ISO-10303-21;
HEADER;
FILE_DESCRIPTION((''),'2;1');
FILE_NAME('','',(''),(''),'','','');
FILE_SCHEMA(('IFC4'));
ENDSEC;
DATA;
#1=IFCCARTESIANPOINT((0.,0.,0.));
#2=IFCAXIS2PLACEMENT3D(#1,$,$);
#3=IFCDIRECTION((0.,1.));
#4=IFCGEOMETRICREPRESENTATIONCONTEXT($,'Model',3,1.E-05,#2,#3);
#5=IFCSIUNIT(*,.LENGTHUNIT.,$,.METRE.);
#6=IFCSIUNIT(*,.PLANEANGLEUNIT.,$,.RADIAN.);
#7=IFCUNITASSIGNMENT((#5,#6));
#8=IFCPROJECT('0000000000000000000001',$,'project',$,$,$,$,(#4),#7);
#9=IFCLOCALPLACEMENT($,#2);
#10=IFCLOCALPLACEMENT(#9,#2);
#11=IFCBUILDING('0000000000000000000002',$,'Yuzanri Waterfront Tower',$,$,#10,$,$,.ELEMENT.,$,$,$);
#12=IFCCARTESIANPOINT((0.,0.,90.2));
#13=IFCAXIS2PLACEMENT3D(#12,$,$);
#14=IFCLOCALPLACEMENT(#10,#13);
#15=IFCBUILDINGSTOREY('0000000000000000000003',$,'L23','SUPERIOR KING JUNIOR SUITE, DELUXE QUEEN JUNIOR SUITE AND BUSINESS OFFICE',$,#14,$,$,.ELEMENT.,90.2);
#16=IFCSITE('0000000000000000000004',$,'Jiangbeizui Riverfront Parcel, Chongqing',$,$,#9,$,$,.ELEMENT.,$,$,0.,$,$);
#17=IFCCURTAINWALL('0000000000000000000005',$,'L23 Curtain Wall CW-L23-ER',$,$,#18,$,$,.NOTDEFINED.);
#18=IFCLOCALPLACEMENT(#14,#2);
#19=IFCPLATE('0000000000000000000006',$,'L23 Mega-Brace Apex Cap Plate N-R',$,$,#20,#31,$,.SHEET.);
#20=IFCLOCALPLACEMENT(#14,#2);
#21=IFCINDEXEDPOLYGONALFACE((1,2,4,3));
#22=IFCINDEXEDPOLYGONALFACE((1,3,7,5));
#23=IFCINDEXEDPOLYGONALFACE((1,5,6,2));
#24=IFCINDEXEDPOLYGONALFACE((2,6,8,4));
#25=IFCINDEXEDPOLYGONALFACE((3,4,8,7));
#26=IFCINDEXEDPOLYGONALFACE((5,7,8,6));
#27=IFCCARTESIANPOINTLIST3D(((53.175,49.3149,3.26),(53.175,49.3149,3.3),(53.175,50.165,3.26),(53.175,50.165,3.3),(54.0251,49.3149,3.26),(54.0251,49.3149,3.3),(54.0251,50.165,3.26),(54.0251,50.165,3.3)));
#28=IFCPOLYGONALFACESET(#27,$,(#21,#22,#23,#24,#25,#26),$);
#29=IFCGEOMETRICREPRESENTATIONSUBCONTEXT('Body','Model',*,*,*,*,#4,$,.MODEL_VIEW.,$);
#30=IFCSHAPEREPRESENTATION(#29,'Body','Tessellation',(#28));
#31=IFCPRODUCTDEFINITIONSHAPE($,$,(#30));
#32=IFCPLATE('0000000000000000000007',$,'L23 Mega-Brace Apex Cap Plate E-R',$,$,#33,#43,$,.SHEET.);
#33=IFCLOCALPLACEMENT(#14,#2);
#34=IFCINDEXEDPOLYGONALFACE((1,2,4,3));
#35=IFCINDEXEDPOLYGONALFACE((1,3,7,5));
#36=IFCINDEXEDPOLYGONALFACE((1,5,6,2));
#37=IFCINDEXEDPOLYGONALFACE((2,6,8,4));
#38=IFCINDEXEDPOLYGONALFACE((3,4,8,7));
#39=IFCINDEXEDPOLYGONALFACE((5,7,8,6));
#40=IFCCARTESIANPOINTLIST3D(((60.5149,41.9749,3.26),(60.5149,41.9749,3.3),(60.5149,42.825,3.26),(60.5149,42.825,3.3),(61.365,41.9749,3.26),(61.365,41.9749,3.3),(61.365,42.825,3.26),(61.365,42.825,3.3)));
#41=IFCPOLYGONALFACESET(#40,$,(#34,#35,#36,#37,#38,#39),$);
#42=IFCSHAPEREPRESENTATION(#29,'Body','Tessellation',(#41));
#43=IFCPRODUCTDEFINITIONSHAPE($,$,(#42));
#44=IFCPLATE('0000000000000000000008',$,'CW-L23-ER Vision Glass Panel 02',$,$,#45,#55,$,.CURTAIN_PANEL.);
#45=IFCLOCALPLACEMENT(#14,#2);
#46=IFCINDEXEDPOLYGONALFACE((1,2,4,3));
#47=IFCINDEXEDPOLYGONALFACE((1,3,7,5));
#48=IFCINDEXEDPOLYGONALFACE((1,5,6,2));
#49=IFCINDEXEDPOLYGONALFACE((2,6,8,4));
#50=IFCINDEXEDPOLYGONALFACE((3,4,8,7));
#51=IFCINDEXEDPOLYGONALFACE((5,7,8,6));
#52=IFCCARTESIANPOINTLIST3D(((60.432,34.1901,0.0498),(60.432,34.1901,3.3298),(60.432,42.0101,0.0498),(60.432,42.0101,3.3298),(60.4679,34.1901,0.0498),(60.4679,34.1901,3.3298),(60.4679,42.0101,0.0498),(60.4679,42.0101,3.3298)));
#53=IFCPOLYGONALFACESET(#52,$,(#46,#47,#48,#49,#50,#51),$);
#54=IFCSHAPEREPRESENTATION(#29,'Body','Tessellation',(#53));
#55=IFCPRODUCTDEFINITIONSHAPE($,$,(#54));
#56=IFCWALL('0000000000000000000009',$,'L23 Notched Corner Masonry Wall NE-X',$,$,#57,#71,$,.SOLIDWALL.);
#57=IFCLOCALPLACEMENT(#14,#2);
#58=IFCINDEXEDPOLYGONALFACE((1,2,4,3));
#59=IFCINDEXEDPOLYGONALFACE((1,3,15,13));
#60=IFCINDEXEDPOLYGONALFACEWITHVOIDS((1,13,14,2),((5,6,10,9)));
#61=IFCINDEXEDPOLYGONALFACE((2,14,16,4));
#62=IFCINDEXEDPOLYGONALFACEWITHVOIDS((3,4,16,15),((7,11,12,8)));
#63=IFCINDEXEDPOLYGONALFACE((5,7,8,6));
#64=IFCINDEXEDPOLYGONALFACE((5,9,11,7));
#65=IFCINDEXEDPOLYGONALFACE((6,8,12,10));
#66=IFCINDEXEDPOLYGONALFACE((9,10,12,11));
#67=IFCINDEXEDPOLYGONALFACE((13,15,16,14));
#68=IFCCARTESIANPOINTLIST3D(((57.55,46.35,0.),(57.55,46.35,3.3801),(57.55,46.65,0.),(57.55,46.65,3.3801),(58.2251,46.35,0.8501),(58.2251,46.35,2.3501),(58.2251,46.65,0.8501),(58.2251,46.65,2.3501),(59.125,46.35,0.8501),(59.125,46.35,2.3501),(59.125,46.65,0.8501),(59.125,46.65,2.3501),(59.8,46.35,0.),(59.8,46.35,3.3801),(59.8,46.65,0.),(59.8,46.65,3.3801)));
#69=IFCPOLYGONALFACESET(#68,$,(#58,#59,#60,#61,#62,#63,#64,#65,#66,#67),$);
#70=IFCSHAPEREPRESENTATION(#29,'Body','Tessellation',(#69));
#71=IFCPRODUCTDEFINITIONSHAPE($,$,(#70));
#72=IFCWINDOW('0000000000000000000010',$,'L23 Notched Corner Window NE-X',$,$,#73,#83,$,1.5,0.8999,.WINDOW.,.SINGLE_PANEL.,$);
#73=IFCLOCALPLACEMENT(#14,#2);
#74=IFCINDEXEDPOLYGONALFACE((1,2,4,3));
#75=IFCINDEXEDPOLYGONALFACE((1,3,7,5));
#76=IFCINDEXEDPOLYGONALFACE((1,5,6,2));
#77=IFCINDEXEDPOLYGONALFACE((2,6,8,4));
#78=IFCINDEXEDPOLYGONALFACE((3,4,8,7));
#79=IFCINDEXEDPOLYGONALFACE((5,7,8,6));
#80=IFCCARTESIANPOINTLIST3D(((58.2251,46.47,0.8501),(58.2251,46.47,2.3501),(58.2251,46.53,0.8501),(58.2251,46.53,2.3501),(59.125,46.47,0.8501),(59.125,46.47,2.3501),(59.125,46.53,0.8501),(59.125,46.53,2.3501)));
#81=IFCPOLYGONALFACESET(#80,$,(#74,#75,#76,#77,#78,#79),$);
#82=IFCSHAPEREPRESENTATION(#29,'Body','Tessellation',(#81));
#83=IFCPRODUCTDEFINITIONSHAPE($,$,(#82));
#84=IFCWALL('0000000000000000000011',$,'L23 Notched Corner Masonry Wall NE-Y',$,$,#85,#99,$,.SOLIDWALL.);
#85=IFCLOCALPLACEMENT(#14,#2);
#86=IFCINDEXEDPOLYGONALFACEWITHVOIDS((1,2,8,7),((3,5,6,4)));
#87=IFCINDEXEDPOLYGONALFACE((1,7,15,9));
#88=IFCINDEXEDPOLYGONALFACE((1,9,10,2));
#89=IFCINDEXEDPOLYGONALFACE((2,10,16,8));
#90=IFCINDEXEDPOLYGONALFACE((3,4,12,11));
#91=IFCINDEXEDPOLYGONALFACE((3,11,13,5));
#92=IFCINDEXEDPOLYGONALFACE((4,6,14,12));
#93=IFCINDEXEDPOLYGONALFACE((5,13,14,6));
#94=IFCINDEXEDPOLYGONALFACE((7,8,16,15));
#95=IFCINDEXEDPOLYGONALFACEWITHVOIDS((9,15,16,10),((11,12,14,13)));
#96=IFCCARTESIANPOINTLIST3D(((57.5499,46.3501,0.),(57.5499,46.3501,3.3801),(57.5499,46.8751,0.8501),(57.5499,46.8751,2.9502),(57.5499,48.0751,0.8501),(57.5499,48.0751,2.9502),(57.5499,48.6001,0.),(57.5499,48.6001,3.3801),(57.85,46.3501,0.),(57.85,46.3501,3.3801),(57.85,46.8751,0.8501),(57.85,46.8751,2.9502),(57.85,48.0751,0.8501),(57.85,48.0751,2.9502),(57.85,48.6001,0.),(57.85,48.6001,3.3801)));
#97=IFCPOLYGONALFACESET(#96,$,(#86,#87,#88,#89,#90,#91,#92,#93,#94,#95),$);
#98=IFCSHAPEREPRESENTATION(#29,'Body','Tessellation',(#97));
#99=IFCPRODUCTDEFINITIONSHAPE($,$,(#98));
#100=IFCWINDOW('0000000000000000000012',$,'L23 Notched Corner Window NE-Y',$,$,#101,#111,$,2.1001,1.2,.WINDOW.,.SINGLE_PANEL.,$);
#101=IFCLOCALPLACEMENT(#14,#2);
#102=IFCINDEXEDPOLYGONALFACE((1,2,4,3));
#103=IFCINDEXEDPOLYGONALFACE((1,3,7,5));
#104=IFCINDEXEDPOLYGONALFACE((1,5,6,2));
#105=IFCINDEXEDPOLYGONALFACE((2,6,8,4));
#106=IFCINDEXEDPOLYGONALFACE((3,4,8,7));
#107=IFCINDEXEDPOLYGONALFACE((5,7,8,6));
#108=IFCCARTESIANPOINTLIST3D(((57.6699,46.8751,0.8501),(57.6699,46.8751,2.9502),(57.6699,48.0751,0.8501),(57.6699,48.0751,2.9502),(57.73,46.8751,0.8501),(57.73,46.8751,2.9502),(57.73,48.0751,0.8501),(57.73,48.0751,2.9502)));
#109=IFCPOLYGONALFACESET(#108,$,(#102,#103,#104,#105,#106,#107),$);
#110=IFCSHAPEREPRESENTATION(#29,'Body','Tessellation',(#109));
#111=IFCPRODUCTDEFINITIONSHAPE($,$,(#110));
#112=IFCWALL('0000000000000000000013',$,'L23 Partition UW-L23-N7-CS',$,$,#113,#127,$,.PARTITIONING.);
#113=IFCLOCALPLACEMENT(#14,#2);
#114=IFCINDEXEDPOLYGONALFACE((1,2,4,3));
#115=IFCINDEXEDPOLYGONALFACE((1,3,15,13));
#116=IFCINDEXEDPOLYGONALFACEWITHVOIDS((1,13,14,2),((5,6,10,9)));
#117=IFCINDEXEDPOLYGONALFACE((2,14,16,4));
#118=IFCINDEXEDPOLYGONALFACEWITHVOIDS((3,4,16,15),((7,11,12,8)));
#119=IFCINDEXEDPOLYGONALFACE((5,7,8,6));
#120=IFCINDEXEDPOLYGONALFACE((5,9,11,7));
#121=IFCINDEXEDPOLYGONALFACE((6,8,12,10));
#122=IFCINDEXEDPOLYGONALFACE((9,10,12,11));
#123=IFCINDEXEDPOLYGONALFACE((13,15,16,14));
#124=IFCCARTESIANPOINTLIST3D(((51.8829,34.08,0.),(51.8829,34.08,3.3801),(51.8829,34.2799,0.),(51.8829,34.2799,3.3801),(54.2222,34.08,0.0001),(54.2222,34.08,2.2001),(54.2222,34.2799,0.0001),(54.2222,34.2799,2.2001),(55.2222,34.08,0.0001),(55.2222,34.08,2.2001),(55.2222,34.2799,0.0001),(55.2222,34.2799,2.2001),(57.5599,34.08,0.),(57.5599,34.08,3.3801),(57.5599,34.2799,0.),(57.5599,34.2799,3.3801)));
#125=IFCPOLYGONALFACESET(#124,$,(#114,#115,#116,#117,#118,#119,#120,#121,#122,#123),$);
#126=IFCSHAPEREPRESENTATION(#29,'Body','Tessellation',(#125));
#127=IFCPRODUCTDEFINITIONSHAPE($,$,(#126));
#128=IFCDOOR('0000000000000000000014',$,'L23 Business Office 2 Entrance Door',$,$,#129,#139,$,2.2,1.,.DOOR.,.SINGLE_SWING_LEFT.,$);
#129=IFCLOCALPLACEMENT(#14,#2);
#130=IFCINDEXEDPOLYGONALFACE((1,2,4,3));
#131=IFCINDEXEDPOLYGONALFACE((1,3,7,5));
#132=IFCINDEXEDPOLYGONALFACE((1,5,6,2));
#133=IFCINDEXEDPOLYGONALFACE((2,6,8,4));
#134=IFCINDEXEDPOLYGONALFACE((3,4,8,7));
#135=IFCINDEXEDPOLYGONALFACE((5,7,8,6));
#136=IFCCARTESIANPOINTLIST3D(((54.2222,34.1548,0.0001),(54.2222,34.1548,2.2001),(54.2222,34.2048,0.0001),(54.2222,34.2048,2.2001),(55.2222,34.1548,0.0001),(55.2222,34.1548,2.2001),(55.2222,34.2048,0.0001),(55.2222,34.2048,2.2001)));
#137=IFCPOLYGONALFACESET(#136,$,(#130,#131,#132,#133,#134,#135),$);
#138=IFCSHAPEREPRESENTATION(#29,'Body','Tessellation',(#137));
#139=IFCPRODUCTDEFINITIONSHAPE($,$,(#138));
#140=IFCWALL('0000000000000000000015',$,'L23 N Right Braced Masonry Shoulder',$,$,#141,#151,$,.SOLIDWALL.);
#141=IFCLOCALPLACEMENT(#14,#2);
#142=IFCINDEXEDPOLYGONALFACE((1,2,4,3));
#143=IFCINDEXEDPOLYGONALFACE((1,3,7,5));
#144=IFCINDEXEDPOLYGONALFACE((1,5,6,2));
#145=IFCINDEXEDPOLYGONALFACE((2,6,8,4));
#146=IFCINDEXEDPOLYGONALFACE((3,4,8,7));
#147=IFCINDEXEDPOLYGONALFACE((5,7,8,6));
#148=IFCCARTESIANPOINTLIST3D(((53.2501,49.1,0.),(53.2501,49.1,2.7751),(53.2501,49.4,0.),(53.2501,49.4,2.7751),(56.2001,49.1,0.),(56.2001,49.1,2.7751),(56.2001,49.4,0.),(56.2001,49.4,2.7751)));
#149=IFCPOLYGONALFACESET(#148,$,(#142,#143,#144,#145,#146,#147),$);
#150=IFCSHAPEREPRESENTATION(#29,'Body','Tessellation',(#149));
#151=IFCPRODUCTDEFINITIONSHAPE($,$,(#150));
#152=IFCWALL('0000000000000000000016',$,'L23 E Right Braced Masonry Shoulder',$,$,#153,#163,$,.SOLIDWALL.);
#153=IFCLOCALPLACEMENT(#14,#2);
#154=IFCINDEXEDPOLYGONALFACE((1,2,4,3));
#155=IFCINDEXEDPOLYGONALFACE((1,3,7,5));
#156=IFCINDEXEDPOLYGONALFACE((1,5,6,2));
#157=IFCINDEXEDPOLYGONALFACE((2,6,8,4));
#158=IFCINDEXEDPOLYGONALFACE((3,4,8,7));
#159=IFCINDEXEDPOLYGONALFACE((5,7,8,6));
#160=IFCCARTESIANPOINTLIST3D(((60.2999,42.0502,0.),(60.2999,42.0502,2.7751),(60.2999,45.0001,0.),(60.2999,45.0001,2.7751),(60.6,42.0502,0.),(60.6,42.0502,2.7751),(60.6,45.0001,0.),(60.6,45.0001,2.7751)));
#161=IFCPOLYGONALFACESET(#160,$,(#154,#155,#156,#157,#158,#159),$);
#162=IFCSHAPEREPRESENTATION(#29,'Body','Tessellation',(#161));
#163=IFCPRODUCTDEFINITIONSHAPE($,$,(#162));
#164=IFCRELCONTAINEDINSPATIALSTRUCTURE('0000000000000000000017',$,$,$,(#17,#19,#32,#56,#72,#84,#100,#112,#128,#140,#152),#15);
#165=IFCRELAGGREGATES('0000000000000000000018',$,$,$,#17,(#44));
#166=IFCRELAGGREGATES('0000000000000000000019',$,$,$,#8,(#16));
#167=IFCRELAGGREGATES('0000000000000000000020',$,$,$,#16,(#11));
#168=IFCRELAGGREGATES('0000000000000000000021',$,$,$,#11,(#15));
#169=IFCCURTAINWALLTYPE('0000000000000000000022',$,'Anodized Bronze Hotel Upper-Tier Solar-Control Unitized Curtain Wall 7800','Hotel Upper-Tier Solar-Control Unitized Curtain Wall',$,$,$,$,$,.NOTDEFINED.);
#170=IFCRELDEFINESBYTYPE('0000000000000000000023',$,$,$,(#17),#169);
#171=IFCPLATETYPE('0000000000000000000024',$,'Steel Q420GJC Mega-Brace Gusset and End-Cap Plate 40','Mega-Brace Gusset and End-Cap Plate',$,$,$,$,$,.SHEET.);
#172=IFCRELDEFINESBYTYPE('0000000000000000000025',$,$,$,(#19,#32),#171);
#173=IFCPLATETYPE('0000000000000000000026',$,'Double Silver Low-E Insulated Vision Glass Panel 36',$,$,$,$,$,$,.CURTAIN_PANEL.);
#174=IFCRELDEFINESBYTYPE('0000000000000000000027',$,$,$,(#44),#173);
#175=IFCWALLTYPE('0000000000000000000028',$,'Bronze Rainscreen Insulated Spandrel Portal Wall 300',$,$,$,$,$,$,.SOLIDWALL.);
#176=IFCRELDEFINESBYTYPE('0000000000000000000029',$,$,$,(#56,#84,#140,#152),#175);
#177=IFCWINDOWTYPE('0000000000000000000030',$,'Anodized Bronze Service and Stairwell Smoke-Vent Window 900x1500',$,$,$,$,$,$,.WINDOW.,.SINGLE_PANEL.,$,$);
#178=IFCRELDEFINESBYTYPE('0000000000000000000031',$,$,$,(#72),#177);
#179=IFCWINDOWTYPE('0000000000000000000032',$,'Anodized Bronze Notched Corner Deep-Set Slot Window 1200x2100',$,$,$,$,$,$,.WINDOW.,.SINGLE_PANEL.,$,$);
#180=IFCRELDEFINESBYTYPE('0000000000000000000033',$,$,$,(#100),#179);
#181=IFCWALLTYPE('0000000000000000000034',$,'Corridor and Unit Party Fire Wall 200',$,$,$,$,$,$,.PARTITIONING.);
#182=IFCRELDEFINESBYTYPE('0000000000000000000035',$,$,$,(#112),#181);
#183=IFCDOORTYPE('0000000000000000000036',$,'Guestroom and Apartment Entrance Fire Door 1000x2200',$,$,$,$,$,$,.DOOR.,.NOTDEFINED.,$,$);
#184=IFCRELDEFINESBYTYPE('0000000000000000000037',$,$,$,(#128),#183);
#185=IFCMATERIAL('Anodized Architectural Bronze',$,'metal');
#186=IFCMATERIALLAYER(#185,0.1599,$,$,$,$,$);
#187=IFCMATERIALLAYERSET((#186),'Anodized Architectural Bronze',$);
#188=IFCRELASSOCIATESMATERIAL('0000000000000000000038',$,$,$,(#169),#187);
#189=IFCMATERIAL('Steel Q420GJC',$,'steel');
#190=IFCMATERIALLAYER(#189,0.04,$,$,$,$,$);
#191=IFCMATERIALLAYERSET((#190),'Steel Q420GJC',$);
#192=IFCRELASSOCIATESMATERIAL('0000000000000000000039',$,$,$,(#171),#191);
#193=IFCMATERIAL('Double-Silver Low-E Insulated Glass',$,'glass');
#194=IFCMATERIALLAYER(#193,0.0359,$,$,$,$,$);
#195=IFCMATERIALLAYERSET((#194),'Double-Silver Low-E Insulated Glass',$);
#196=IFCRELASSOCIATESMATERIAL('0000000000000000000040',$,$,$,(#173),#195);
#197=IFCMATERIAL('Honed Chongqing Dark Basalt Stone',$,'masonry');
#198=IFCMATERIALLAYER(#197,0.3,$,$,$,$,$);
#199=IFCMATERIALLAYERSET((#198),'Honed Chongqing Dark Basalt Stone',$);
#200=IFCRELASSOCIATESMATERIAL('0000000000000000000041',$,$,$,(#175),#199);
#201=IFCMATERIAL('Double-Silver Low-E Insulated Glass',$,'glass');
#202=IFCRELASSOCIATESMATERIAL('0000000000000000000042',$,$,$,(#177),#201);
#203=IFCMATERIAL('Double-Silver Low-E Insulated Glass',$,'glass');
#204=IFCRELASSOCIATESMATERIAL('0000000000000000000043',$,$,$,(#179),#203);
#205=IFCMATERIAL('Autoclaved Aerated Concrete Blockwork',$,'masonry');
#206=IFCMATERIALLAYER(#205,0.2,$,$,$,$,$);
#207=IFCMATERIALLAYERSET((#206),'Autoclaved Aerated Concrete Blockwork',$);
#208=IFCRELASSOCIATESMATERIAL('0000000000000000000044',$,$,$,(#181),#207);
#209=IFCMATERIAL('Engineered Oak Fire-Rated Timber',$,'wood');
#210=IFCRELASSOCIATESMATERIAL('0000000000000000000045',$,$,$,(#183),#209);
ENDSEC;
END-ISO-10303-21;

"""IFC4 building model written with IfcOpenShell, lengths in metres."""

from ifc_helpers import new_model, si_unit, direction, frame, frame_2d, origin, origin_2d, place, context, subcontext, project, spatial, rectangle, extrude, source, transform, mapped, material, layer, layer_set, type_object, element, fill, aggregate, save


model = new_model("IFC4")

# Units and contexts
model_context = context("Model", 3, precision=1e-05, world=origin(), true_north=direction((0.0, 1.0)))
body_context = subcontext(model_context, "Body", "Model", "MODEL_VIEW")
ifc_project = project(units=[si_unit("LENGTHUNIT", "METRE"), si_unit("PLANEANGLEUNIT", "RADIAN")], contexts=[model_context])

# Site, building, storey
site_placement = place(None, origin())
site = spatial("IfcSite", under=ifc_project, at=site_placement, Name="Jiangbeizui Riverfront Parcel, Chongqing", CompositionType="ELEMENT", RefElevation=0.0)
building_placement = place(site_placement, origin())
building = spatial("IfcBuilding", under=site, at=building_placement, Name="Yuzanri Waterfront Tower", CompositionType="ELEMENT")
storey_placement = place(building_placement, frame((0.0, 0.0, 90.2)))
storey = spatial("IfcBuildingStorey", under=building, at=storey_placement, Name="L23", Description="SUPERIOR KING JUNIOR SUITE, DELUXE QUEEN JUNIOR SUITE AND BUSINESS OFFICE", CompositionType="ELEMENT", Elevation=90.2)

# Curtain wall
ifc_material_1 = material(Name="Anodized Architectural Bronze", Category="metal")
ifc_layer_1 = layer(ifc_material_1, 0.1599)
ifc_layer_set_1 = layer_set([ifc_layer_1], Name="Anodized Architectural Bronze")
curtain_wall_type = type_object("IfcCurtainWallType", Name="Anodized Bronze Hotel Upper-Tier Solar-Control Unitized Curtain Wall 7800", Description="Hotel Upper-Tier Solar-Control Unitized Curtain Wall", PredefinedType="NOTDEFINED", material=ifc_layer_set_1)
curtain_wall_1_placement = place(storey_placement, origin())
curtain_wall_1 = element("IfcCurtainWall", 1, at=curtain_wall_1_placement, inside=storey, type_object=curtain_wall_type, Name="L23 Curtain Wall CW-L23-ER", PredefinedType="NOTDEFINED")

# Plates
ifc_material_2 = material(Name="Steel Q420GJC", Category="steel")
ifc_layer_2 = layer(ifc_material_2, 0.04)
ifc_layer_set_2 = layer_set([ifc_layer_2], Name="Steel Q420GJC")
plate_type_1 = type_object("IfcPlateType", Name="Steel Q420GJC Mega-Brace Gusset and End-Cap Plate 40", Description="Mega-Brace Gusset and End-Cap Plate", PredefinedType="SHEET", material=ifc_layer_set_2)
shared_shape_1 = source(origin(), body_context, "Body", "SweptSolid", [
    extrude(rectangle(XDim=0.8501, YDim=0.8501, at=origin_2d()), origin(), (0.0, 0.0, 1.0), 0.04),
])
for number, where, z_axis, x_axis, name in (
    (2, (53.6001, 49.74, 3.26), (0.0, 0.0, 1.0), (1.0, 0.0, 0.0), "L23 Mega-Brace Apex Cap Plate N-R"),
    (3, (60.9399, 42.3999, 3.26), (0.0, 0.0, 1.0), (1.0, 0.0, 0.0), "L23 Mega-Brace Apex Cap Plate E-R"),
):
    element("IfcPlate", number, at=place(storey_placement, frame(where, z_axis=z_axis, x_axis=x_axis)), inside=storey, type_object=plate_type_1, Name=name, PredefinedType="SHEET", context=body_context, shape_type="MappedRepresentation", body=[
        mapped(shared_shape_1, transform((0.0, 0.0, 0.0), scale=1.0)),
    ])

# Plate
ifc_material_3 = material(Name="Double-Silver Low-E Insulated Glass", Category="glass")
ifc_layer_3 = layer(ifc_material_3, 0.0359)
ifc_layer_set_3 = layer_set([ifc_layer_3], Name="Double-Silver Low-E Insulated Glass")
plate_type_2 = type_object("IfcPlateType", Name="Double Silver Low-E Insulated Vision Glass Panel 36", PredefinedType="CURTAIN_PANEL", material=ifc_layer_set_3)
shared_shape_2 = source(origin(), body_context, "Body", "SweptSolid", [
    extrude(rectangle(XDim=7.8201, YDim=0.0359, at=origin_2d()), origin(), (0.0, 0.0, 1.0), 3.28),
])
plate_placement = place(storey_placement, frame((60.45, 38.1001, 0.0498), z_axis=(0.0, 0.0, 1.0), x_axis=(0.0, 1.0, 0.0)))
plate = element("IfcPlate", 4, at=plate_placement, type_object=plate_type_2, Name="CW-L23-ER Vision Glass Panel 02", PredefinedType="CURTAIN_PANEL", context=body_context, shape_type="MappedRepresentation", body=[
    mapped(shared_shape_2, transform((0.0, 0.0, 0.0), scale=1.0)),
])
aggregate(curtain_wall_1, [plate])

# Walls, openings, windows
ifc_material_4 = material(Name="Honed Chongqing Dark Basalt Stone", Category="masonry")
ifc_layer_4 = layer(ifc_material_4, 0.3)
ifc_layer_set_4 = layer_set([ifc_layer_4], Name="Honed Chongqing Dark Basalt Stone")
wall_type_1 = type_object("IfcWallType", Name="Bronze Rainscreen Insulated Spandrel Portal Wall 300", PredefinedType="SOLIDWALL", material=ifc_layer_set_4)
wall_1_placement = place(storey_placement, frame((59.8, 46.5, 0.0), z_axis=(0.0, 0.0, 1.0), x_axis=(-1.0, 0.0, 0.0)))
wall_1 = element("IfcWall", 5, at=wall_1_placement, inside=storey, type_object=wall_type_1, Name="L23 Notched Corner Masonry Wall NE-X", PredefinedType="SOLIDWALL", context=body_context, shape_type="SweptSolid", body=[
    extrude(rectangle(XDim=2.25, YDim=0.3, at=frame_2d((1.125, 0.0))), origin(), (0.0, 0.0, 1.0), 3.3801),
])
opening_1_placement = place(wall_1_placement, frame((0.675, 0.0, 0.8501)))
opening_1 = element("IfcOpeningElement", 6, at=opening_1_placement, cuts=wall_1, PredefinedType="OPENING", context=body_context, shape_type="SweptSolid", body=[
    extrude(rectangle(XDim=0.8999, YDim=1.5, at=frame_2d((0.45, 0.75))), frame((0.0, 0.165, 0.0), z_axis=(0.0, -1.0, 0.0), x_axis=(1.0, 0.0, 0.0)), (0.0, 0.0, 1.0), 0.3298),
])
ifc_material_5 = material(Name="Double-Silver Low-E Insulated Glass", Category="glass")
window_type_1 = type_object("IfcWindowType", Name="Anodized Bronze Service and Stairwell Smoke-Vent Window 900x1500", PartitioningType="SINGLE_PANEL", PredefinedType="WINDOW", material=ifc_material_5)
shared_shape_3 = source(origin(), body_context, "Body", "SweptSolid", [
    extrude(rectangle(XDim=0.8999, YDim=1.5, at=frame_2d((0.45, 0.75))), frame((0.0, 0.03, 0.0), z_axis=(0.0, -1.0, 0.0), x_axis=(1.0, 0.0, 0.0)), (0.0, 0.0, 1.0), 0.0601),
])
window_1_placement = place(opening_1_placement, origin())
window_1 = element("IfcWindow", 7, at=window_1_placement, inside=storey, type_object=window_type_1, Name="L23 Notched Corner Window NE-X", OverallHeight=1.5, OverallWidth=0.8999, PartitioningType="SINGLE_PANEL", PredefinedType="WINDOW", context=body_context, shape_type="MappedRepresentation", body=[
    mapped(shared_shape_3, transform((0.0, 0.0, 0.0), scale=1.0)),
])
fill(opening_1, window_1)
wall_2_placement = place(storey_placement, frame((57.7, 46.3501, 0.0), z_axis=(0.0, 0.0, 1.0), x_axis=(0.0, 1.0, 0.0)))
wall_2 = element("IfcWall", 8, at=wall_2_placement, inside=storey, type_object=wall_type_1, Name="L23 Notched Corner Masonry Wall NE-Y", PredefinedType="SOLIDWALL", context=body_context, shape_type="SweptSolid", body=[
    extrude(rectangle(XDim=2.25, YDim=0.3, at=frame_2d((1.125, 0.0))), origin(), (0.0, 0.0, 1.0), 3.3801),
])
opening_2_placement = place(wall_2_placement, frame((0.5249, 0.0, 0.8501)))
opening_2 = element("IfcOpeningElement", 9, at=opening_2_placement, cuts=wall_2, PredefinedType="OPENING", context=body_context, shape_type="SweptSolid", body=[
    extrude(rectangle(XDim=1.2, YDim=2.1001, at=frame_2d((0.6001, 1.05))), frame((0.0, 0.165, 0.0), z_axis=(0.0, -1.0, 0.0), x_axis=(1.0, 0.0, 0.0)), (0.0, 0.0, 1.0), 0.3298),
])
ifc_material_6 = material(Name="Double-Silver Low-E Insulated Glass", Category="glass")
window_type_2 = type_object("IfcWindowType", Name="Anodized Bronze Notched Corner Deep-Set Slot Window 1200x2100", PartitioningType="SINGLE_PANEL", PredefinedType="WINDOW", material=ifc_material_6)
shared_shape_4 = source(origin(), body_context, "Body", "SweptSolid", [
    extrude(rectangle(XDim=1.2, YDim=2.1001, at=frame_2d((0.6001, 1.05))), frame((0.0, 0.03, 0.0), z_axis=(0.0, -1.0, 0.0), x_axis=(1.0, 0.0, 0.0)), (0.0, 0.0, 1.0), 0.0601),
])
window_2_placement = place(opening_2_placement, origin())
window_2 = element("IfcWindow", 10, at=window_2_placement, inside=storey, type_object=window_type_2, Name="L23 Notched Corner Window NE-Y", OverallHeight=2.1001, OverallWidth=1.2, PartitioningType="SINGLE_PANEL", PredefinedType="WINDOW", context=body_context, shape_type="MappedRepresentation", body=[
    mapped(shared_shape_4, transform((0.0, 0.0, 0.0), scale=1.0)),
])
fill(opening_2, window_2)

# Wall, opening, door
ifc_material_7 = material(Name="Autoclaved Aerated Concrete Blockwork", Category="masonry")
ifc_layer_5 = layer(ifc_material_7, 0.2)
ifc_layer_set_5 = layer_set([ifc_layer_5], Name="Autoclaved Aerated Concrete Blockwork")
wall_type_2 = type_object("IfcWallType", Name="Corridor and Unit Party Fire Wall 200", PredefinedType="PARTITIONING", material=ifc_layer_set_5)
wall_3_placement = place(storey_placement, frame((51.8831, 34.1799, 0.0), z_axis=(0.0, 0.0, 1.0), x_axis=(1.0, 0.0, 0.0)))
wall_3 = element("IfcWall", 11, at=wall_3_placement, inside=storey, type_object=wall_type_2, Name="L23 Partition UW-L23-N7-CS", PredefinedType="PARTITIONING", context=body_context, shape_type="SweptSolid", body=[
    extrude(rectangle(XDim=5.677, YDim=0.2, at=frame_2d((2.8384, 0.0))), origin(), (0.0, 0.0, 1.0), 3.3801),
])
opening_3_placement = place(wall_3_placement, frame((2.3391, 0.0, 0.0)))
opening_3 = element("IfcOpeningElement", 12, at=opening_3_placement, cuts=wall_3, PredefinedType="OPENING", context=body_context, shape_type="SweptSolid", body=[
    extrude(rectangle(XDim=1.0, YDim=2.2, at=frame_2d((0.5, 1.1001))), frame((0.0, 0.1147, 0.0), z_axis=(0.0, -1.0, 0.0), x_axis=(1.0, 0.0, 0.0)), (0.0, 0.0, 1.0), 0.2297),
])
ifc_material_8 = material(Name="Engineered Oak Fire-Rated Timber", Category="wood")
door_type = type_object("IfcDoorType", Name="Guestroom and Apartment Entrance Fire Door 1000x2200", OperationType="NOTDEFINED", PredefinedType="DOOR", material=ifc_material_8)
shared_shape_5 = source(origin(), body_context, "Body", "SweptSolid", [
    extrude(rectangle(XDim=1.0, YDim=2.2, at=frame_2d((0.5, 1.1001))), frame((0.0, 0.0249, 0.0), z_axis=(0.0, -1.0, 0.0), x_axis=(1.0, 0.0, 0.0)), (0.0, 0.0, 1.0), 0.05),
])
door_placement = place(opening_3_placement, origin())
door = element("IfcDoor", 13, at=door_placement, inside=storey, type_object=door_type, Name="L23 Business Office 2 Entrance Door", OperationType="SINGLE_SWING_LEFT", OverallHeight=2.2, OverallWidth=1.0, PredefinedType="DOOR", context=body_context, shape_type="MappedRepresentation", body=[
    mapped(shared_shape_5, transform((0.0, 0.0, 0.0), scale=1.0)),
])
fill(opening_3, door)

# Walls
shared_shape_6 = source(origin(), body_context, "Body", "SweptSolid", [
    extrude(rectangle(XDim=2.95, YDim=0.3, at=frame_2d((1.4751, 0.0))), origin(), (0.0, 0.0, 1.0), 2.7751),
])
for number, where, z_axis, x_axis, name in (
    (14, (53.25, 49.25, 0.0), (0.0, 0.0, 1.0), (1.0, 0.0, 0.0), "L23 N Right Braced Masonry Shoulder"),
    (15, (60.45, 42.05, 0.0), (0.0, 0.0, 1.0), (0.0, 1.0, 0.0), "L23 E Right Braced Masonry Shoulder"),
):
    element("IfcWall", number, at=place(storey_placement, frame(where, z_axis=z_axis, x_axis=x_axis)), inside=storey, type_object=wall_type_1, Name=name, PredefinedType="SOLIDWALL", context=body_context, shape_type="MappedRepresentation", body=[
        mapped(shared_shape_6, transform((0.0, 0.0, 0.0), scale=1.0)),
    ])

save(model, "model.ifc")
